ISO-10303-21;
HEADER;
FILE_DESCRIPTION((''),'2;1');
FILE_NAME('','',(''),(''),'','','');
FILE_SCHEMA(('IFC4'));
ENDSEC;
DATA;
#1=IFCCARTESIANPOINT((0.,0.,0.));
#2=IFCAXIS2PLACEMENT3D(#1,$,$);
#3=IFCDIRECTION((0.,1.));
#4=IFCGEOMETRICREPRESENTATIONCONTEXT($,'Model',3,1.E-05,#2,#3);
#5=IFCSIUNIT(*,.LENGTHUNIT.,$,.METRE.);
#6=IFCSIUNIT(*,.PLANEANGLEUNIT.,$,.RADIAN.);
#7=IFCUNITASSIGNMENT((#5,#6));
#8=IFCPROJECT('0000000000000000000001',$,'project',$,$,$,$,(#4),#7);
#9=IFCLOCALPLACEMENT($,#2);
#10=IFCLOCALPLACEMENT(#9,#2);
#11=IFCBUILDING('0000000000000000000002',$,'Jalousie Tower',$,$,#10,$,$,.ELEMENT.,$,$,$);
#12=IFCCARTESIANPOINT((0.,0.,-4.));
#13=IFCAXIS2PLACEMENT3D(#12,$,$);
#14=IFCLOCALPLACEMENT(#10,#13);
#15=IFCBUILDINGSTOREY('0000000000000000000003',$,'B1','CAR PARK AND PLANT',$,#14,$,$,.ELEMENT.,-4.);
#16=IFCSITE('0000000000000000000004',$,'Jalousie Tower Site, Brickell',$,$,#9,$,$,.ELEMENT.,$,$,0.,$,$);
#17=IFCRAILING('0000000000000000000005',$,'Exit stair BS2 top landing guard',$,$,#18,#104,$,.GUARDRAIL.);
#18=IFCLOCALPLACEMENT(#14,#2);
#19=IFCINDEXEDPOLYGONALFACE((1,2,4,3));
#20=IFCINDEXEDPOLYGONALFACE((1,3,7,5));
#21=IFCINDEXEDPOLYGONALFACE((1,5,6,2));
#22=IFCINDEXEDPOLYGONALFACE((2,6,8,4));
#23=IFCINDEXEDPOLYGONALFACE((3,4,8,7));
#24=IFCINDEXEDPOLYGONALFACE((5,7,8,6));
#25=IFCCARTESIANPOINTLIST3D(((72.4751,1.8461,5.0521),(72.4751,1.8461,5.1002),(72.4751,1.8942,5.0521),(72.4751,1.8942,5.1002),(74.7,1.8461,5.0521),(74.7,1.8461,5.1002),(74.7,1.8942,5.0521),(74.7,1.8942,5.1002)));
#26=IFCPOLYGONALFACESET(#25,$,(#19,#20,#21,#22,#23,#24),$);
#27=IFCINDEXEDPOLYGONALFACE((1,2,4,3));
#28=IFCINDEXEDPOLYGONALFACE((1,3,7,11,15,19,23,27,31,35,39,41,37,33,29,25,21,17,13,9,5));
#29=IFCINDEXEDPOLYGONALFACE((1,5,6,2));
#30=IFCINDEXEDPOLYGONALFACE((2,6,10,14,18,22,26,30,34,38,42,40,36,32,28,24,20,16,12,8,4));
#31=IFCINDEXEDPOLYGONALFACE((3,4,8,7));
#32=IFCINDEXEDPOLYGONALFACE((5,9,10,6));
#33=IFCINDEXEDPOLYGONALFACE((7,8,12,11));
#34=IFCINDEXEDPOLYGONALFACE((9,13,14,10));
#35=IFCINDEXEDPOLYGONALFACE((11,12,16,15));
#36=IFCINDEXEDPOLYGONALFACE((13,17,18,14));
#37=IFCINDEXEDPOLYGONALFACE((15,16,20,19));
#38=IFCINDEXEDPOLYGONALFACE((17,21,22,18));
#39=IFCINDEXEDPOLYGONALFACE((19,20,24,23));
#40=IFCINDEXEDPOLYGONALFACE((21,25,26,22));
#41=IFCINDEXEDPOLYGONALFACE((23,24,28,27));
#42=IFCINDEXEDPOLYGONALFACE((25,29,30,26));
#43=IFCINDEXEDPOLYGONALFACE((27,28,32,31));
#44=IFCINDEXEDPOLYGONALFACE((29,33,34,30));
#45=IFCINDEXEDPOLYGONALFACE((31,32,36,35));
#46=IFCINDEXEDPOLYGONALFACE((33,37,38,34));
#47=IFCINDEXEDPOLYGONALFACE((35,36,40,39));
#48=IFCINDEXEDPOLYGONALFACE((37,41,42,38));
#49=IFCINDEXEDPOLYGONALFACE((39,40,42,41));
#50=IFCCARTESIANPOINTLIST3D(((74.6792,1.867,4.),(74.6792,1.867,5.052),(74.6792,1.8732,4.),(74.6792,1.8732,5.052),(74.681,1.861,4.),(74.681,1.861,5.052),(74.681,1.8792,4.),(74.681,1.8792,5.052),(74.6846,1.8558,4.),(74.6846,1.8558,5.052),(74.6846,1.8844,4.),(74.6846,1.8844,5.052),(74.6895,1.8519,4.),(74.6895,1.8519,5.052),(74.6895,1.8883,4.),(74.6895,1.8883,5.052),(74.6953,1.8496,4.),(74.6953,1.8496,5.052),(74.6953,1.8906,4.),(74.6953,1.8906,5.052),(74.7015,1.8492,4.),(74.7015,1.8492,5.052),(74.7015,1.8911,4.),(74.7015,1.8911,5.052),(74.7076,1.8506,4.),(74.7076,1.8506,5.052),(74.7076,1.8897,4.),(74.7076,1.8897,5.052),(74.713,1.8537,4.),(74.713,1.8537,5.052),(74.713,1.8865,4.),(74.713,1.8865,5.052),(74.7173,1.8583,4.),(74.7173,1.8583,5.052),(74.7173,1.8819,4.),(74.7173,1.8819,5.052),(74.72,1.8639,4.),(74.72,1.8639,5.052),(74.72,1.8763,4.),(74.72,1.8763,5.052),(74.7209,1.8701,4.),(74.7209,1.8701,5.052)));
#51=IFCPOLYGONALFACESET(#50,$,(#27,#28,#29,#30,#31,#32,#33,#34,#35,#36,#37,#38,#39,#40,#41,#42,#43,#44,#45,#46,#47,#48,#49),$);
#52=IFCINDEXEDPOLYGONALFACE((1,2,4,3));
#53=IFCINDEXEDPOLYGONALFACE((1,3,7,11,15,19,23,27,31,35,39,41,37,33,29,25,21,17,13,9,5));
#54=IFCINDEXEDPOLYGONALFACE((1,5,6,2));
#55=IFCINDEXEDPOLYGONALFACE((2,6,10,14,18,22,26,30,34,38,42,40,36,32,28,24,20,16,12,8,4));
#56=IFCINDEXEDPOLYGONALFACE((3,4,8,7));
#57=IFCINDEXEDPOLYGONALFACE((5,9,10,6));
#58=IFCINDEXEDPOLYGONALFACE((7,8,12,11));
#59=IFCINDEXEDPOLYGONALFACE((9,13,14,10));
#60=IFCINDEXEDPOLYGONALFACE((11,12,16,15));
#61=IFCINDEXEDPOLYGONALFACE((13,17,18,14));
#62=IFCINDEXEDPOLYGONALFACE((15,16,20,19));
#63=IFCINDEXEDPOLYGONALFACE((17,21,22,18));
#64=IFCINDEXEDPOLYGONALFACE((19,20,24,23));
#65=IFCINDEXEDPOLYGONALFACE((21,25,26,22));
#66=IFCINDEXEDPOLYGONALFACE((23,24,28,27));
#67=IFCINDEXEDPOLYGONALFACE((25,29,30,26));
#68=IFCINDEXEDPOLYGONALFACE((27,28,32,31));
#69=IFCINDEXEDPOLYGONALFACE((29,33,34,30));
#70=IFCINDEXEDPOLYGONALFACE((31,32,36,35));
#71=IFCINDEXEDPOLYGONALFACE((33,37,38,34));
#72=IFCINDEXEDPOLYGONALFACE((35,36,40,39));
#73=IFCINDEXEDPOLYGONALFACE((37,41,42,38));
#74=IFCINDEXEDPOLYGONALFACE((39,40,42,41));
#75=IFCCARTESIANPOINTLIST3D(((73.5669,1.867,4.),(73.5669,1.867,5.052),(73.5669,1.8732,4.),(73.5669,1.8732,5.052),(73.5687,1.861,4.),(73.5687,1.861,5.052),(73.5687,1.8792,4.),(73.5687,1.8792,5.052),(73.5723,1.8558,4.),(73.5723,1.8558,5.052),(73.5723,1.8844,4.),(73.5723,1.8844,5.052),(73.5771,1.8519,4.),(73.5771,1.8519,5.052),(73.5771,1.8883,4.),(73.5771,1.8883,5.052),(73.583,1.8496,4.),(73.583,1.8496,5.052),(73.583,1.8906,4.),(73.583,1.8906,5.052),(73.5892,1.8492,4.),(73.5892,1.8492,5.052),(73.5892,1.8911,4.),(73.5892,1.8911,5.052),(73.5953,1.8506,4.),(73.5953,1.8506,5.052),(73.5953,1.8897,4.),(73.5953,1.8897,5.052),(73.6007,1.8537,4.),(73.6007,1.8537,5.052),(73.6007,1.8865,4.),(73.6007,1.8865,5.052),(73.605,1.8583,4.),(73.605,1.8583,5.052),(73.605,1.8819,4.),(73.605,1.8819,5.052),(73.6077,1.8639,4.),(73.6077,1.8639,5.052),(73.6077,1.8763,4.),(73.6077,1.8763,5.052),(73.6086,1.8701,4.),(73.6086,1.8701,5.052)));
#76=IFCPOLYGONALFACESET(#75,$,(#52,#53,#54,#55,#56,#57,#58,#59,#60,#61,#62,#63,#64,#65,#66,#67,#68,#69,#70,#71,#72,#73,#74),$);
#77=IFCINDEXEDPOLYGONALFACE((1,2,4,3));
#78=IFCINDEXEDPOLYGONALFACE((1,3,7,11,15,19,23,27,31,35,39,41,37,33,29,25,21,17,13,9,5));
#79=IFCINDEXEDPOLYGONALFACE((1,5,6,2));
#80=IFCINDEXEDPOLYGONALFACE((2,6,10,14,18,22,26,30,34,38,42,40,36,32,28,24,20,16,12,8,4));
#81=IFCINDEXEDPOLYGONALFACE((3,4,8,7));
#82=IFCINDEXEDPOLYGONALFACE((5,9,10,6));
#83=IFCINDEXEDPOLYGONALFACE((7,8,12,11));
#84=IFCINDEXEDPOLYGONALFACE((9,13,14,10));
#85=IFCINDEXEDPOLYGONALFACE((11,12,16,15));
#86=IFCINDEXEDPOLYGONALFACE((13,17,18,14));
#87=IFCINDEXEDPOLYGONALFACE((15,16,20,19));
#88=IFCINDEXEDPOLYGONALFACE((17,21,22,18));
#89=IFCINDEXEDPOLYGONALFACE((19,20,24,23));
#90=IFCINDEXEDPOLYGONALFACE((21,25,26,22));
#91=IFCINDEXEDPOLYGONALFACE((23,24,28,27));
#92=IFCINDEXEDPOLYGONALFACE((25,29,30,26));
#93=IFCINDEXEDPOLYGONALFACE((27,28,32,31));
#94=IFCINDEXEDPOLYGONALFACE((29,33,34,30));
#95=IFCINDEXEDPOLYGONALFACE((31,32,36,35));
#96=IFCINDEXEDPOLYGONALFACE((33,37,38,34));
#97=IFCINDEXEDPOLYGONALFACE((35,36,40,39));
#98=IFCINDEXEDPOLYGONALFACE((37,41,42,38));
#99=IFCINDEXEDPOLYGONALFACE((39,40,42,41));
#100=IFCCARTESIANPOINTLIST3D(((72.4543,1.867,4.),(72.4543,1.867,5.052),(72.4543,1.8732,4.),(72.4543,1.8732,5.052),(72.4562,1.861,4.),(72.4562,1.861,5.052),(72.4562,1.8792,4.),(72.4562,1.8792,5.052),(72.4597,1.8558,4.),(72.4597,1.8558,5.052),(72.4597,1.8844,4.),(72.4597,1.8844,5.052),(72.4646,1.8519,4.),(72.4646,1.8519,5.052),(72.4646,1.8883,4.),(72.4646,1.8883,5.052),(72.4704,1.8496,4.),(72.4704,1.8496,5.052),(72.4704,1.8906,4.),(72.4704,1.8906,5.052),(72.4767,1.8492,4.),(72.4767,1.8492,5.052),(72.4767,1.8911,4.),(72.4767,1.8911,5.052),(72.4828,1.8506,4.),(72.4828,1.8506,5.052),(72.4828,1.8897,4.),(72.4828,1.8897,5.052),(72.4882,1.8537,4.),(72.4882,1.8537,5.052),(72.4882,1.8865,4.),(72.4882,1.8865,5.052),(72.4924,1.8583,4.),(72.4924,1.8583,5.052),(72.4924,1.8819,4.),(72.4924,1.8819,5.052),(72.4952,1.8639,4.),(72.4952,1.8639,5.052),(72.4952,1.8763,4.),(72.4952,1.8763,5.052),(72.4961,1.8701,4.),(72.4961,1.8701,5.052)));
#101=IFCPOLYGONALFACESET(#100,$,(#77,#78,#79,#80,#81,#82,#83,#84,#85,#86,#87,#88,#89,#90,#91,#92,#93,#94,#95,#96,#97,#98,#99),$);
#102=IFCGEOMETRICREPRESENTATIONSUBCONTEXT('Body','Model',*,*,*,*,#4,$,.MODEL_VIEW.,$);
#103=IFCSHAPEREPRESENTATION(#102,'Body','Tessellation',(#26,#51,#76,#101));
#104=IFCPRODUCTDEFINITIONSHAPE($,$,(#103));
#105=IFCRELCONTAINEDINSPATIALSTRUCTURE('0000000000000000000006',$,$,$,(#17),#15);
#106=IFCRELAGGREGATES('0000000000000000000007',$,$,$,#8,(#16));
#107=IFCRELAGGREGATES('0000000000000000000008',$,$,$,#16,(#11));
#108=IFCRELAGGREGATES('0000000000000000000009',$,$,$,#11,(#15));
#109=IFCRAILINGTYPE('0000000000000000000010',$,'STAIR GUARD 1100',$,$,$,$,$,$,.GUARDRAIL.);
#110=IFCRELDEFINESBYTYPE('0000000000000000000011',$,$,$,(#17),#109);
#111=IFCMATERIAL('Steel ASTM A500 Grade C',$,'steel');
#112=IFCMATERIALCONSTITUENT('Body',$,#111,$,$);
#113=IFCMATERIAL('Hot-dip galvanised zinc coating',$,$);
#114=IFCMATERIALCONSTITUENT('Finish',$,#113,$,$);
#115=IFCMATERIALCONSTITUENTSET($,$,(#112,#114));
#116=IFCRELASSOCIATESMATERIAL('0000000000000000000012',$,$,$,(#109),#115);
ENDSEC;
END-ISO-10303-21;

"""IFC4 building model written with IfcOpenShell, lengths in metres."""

from ifc_helpers import new_model, si_unit, direction, frame, origin, origin_2d, place, context, subcontext, project, spatial, rectangle, circle, extrude, material, constituent, constituent_set, type_object, element, save


model = new_model("IFC4")

# Units and contexts
model_context = context("Model", 3, precision=1e-05, world=origin(), true_north=direction((0.0, 1.0)))
body_context = subcontext(model_context, "Body", "Model", "MODEL_VIEW")
ifc_project = project(units=[si_unit("LENGTHUNIT", "METRE"), si_unit("PLANEANGLEUNIT", "RADIAN")], contexts=[model_context])

# Site, building, storey
site_placement = place(None, origin())
site = spatial("IfcSite", under=ifc_project, at=site_placement, Name="Jalousie Tower Site, Brickell", CompositionType="ELEMENT", RefElevation=0.0)
building_placement = place(site_placement, origin())
building = spatial("IfcBuilding", under=site, at=building_placement, Name="Jalousie Tower", CompositionType="ELEMENT")
storey_placement = place(building_placement, frame((0.0, 0.0, -4.0)))
storey = spatial("IfcBuildingStorey", under=building, at=storey_placement, Name="B1", Description="CAR PARK AND PLANT", CompositionType="ELEMENT", Elevation=-4.0)

# Railing
ifc_material_1 = material(Name="Steel ASTM A500 Grade C", Category="steel")
ifc_constituent_1 = constituent(ifc_material_1, Name="Body")
ifc_material_2 = material(Name="Hot-dip galvanised zinc coating")
ifc_constituent_2 = constituent(ifc_material_2, Name="Finish")
ifc_constituent_set_1 = constituent_set(constituents=[ifc_constituent_1, ifc_constituent_2])
railing_type_1 = type_object("IfcRailingType", Name="STAIR GUARD 1100", PredefinedType="GUARDRAIL", material=ifc_constituent_set_1)
railing_1_placement = place(storey_placement, frame((74.7, 1.8701, 4.0)))
element("IfcRailing", 1, at=railing_1_placement, inside=storey, type_object=railing_type_1, Name="Exit stair BS2 top landing guard", PredefinedType="GUARDRAIL", context=body_context, shape_type="SweptSolid", body=[
    extrude(rectangle(XDim=0.0481, YDim=0.0481, at=origin_2d()), frame((0.0, 0.0, 1.0762), z_axis=(-1.0, 0.0, 0.0), x_axis=(0.0, -1.0, 0.0)), (0.0, 0.0, 1.0), 2.2249),
    extrude(circle(Radius=0.021, at=origin_2d()), origin(), (0.0, 0.0, 1.0), 1.052),
    extrude(circle(Radius=0.021, at=origin_2d()), frame((-1.1123, 0.0, 0.0)), (0.0, 0.0, 1.0), 1.052),
    extrude(circle(Radius=0.021, at=origin_2d()), frame((-2.2249, 0.0, 0.0)), (0.0, 0.0, 1.0), 1.052),
])

save(model, "model.ifc")
